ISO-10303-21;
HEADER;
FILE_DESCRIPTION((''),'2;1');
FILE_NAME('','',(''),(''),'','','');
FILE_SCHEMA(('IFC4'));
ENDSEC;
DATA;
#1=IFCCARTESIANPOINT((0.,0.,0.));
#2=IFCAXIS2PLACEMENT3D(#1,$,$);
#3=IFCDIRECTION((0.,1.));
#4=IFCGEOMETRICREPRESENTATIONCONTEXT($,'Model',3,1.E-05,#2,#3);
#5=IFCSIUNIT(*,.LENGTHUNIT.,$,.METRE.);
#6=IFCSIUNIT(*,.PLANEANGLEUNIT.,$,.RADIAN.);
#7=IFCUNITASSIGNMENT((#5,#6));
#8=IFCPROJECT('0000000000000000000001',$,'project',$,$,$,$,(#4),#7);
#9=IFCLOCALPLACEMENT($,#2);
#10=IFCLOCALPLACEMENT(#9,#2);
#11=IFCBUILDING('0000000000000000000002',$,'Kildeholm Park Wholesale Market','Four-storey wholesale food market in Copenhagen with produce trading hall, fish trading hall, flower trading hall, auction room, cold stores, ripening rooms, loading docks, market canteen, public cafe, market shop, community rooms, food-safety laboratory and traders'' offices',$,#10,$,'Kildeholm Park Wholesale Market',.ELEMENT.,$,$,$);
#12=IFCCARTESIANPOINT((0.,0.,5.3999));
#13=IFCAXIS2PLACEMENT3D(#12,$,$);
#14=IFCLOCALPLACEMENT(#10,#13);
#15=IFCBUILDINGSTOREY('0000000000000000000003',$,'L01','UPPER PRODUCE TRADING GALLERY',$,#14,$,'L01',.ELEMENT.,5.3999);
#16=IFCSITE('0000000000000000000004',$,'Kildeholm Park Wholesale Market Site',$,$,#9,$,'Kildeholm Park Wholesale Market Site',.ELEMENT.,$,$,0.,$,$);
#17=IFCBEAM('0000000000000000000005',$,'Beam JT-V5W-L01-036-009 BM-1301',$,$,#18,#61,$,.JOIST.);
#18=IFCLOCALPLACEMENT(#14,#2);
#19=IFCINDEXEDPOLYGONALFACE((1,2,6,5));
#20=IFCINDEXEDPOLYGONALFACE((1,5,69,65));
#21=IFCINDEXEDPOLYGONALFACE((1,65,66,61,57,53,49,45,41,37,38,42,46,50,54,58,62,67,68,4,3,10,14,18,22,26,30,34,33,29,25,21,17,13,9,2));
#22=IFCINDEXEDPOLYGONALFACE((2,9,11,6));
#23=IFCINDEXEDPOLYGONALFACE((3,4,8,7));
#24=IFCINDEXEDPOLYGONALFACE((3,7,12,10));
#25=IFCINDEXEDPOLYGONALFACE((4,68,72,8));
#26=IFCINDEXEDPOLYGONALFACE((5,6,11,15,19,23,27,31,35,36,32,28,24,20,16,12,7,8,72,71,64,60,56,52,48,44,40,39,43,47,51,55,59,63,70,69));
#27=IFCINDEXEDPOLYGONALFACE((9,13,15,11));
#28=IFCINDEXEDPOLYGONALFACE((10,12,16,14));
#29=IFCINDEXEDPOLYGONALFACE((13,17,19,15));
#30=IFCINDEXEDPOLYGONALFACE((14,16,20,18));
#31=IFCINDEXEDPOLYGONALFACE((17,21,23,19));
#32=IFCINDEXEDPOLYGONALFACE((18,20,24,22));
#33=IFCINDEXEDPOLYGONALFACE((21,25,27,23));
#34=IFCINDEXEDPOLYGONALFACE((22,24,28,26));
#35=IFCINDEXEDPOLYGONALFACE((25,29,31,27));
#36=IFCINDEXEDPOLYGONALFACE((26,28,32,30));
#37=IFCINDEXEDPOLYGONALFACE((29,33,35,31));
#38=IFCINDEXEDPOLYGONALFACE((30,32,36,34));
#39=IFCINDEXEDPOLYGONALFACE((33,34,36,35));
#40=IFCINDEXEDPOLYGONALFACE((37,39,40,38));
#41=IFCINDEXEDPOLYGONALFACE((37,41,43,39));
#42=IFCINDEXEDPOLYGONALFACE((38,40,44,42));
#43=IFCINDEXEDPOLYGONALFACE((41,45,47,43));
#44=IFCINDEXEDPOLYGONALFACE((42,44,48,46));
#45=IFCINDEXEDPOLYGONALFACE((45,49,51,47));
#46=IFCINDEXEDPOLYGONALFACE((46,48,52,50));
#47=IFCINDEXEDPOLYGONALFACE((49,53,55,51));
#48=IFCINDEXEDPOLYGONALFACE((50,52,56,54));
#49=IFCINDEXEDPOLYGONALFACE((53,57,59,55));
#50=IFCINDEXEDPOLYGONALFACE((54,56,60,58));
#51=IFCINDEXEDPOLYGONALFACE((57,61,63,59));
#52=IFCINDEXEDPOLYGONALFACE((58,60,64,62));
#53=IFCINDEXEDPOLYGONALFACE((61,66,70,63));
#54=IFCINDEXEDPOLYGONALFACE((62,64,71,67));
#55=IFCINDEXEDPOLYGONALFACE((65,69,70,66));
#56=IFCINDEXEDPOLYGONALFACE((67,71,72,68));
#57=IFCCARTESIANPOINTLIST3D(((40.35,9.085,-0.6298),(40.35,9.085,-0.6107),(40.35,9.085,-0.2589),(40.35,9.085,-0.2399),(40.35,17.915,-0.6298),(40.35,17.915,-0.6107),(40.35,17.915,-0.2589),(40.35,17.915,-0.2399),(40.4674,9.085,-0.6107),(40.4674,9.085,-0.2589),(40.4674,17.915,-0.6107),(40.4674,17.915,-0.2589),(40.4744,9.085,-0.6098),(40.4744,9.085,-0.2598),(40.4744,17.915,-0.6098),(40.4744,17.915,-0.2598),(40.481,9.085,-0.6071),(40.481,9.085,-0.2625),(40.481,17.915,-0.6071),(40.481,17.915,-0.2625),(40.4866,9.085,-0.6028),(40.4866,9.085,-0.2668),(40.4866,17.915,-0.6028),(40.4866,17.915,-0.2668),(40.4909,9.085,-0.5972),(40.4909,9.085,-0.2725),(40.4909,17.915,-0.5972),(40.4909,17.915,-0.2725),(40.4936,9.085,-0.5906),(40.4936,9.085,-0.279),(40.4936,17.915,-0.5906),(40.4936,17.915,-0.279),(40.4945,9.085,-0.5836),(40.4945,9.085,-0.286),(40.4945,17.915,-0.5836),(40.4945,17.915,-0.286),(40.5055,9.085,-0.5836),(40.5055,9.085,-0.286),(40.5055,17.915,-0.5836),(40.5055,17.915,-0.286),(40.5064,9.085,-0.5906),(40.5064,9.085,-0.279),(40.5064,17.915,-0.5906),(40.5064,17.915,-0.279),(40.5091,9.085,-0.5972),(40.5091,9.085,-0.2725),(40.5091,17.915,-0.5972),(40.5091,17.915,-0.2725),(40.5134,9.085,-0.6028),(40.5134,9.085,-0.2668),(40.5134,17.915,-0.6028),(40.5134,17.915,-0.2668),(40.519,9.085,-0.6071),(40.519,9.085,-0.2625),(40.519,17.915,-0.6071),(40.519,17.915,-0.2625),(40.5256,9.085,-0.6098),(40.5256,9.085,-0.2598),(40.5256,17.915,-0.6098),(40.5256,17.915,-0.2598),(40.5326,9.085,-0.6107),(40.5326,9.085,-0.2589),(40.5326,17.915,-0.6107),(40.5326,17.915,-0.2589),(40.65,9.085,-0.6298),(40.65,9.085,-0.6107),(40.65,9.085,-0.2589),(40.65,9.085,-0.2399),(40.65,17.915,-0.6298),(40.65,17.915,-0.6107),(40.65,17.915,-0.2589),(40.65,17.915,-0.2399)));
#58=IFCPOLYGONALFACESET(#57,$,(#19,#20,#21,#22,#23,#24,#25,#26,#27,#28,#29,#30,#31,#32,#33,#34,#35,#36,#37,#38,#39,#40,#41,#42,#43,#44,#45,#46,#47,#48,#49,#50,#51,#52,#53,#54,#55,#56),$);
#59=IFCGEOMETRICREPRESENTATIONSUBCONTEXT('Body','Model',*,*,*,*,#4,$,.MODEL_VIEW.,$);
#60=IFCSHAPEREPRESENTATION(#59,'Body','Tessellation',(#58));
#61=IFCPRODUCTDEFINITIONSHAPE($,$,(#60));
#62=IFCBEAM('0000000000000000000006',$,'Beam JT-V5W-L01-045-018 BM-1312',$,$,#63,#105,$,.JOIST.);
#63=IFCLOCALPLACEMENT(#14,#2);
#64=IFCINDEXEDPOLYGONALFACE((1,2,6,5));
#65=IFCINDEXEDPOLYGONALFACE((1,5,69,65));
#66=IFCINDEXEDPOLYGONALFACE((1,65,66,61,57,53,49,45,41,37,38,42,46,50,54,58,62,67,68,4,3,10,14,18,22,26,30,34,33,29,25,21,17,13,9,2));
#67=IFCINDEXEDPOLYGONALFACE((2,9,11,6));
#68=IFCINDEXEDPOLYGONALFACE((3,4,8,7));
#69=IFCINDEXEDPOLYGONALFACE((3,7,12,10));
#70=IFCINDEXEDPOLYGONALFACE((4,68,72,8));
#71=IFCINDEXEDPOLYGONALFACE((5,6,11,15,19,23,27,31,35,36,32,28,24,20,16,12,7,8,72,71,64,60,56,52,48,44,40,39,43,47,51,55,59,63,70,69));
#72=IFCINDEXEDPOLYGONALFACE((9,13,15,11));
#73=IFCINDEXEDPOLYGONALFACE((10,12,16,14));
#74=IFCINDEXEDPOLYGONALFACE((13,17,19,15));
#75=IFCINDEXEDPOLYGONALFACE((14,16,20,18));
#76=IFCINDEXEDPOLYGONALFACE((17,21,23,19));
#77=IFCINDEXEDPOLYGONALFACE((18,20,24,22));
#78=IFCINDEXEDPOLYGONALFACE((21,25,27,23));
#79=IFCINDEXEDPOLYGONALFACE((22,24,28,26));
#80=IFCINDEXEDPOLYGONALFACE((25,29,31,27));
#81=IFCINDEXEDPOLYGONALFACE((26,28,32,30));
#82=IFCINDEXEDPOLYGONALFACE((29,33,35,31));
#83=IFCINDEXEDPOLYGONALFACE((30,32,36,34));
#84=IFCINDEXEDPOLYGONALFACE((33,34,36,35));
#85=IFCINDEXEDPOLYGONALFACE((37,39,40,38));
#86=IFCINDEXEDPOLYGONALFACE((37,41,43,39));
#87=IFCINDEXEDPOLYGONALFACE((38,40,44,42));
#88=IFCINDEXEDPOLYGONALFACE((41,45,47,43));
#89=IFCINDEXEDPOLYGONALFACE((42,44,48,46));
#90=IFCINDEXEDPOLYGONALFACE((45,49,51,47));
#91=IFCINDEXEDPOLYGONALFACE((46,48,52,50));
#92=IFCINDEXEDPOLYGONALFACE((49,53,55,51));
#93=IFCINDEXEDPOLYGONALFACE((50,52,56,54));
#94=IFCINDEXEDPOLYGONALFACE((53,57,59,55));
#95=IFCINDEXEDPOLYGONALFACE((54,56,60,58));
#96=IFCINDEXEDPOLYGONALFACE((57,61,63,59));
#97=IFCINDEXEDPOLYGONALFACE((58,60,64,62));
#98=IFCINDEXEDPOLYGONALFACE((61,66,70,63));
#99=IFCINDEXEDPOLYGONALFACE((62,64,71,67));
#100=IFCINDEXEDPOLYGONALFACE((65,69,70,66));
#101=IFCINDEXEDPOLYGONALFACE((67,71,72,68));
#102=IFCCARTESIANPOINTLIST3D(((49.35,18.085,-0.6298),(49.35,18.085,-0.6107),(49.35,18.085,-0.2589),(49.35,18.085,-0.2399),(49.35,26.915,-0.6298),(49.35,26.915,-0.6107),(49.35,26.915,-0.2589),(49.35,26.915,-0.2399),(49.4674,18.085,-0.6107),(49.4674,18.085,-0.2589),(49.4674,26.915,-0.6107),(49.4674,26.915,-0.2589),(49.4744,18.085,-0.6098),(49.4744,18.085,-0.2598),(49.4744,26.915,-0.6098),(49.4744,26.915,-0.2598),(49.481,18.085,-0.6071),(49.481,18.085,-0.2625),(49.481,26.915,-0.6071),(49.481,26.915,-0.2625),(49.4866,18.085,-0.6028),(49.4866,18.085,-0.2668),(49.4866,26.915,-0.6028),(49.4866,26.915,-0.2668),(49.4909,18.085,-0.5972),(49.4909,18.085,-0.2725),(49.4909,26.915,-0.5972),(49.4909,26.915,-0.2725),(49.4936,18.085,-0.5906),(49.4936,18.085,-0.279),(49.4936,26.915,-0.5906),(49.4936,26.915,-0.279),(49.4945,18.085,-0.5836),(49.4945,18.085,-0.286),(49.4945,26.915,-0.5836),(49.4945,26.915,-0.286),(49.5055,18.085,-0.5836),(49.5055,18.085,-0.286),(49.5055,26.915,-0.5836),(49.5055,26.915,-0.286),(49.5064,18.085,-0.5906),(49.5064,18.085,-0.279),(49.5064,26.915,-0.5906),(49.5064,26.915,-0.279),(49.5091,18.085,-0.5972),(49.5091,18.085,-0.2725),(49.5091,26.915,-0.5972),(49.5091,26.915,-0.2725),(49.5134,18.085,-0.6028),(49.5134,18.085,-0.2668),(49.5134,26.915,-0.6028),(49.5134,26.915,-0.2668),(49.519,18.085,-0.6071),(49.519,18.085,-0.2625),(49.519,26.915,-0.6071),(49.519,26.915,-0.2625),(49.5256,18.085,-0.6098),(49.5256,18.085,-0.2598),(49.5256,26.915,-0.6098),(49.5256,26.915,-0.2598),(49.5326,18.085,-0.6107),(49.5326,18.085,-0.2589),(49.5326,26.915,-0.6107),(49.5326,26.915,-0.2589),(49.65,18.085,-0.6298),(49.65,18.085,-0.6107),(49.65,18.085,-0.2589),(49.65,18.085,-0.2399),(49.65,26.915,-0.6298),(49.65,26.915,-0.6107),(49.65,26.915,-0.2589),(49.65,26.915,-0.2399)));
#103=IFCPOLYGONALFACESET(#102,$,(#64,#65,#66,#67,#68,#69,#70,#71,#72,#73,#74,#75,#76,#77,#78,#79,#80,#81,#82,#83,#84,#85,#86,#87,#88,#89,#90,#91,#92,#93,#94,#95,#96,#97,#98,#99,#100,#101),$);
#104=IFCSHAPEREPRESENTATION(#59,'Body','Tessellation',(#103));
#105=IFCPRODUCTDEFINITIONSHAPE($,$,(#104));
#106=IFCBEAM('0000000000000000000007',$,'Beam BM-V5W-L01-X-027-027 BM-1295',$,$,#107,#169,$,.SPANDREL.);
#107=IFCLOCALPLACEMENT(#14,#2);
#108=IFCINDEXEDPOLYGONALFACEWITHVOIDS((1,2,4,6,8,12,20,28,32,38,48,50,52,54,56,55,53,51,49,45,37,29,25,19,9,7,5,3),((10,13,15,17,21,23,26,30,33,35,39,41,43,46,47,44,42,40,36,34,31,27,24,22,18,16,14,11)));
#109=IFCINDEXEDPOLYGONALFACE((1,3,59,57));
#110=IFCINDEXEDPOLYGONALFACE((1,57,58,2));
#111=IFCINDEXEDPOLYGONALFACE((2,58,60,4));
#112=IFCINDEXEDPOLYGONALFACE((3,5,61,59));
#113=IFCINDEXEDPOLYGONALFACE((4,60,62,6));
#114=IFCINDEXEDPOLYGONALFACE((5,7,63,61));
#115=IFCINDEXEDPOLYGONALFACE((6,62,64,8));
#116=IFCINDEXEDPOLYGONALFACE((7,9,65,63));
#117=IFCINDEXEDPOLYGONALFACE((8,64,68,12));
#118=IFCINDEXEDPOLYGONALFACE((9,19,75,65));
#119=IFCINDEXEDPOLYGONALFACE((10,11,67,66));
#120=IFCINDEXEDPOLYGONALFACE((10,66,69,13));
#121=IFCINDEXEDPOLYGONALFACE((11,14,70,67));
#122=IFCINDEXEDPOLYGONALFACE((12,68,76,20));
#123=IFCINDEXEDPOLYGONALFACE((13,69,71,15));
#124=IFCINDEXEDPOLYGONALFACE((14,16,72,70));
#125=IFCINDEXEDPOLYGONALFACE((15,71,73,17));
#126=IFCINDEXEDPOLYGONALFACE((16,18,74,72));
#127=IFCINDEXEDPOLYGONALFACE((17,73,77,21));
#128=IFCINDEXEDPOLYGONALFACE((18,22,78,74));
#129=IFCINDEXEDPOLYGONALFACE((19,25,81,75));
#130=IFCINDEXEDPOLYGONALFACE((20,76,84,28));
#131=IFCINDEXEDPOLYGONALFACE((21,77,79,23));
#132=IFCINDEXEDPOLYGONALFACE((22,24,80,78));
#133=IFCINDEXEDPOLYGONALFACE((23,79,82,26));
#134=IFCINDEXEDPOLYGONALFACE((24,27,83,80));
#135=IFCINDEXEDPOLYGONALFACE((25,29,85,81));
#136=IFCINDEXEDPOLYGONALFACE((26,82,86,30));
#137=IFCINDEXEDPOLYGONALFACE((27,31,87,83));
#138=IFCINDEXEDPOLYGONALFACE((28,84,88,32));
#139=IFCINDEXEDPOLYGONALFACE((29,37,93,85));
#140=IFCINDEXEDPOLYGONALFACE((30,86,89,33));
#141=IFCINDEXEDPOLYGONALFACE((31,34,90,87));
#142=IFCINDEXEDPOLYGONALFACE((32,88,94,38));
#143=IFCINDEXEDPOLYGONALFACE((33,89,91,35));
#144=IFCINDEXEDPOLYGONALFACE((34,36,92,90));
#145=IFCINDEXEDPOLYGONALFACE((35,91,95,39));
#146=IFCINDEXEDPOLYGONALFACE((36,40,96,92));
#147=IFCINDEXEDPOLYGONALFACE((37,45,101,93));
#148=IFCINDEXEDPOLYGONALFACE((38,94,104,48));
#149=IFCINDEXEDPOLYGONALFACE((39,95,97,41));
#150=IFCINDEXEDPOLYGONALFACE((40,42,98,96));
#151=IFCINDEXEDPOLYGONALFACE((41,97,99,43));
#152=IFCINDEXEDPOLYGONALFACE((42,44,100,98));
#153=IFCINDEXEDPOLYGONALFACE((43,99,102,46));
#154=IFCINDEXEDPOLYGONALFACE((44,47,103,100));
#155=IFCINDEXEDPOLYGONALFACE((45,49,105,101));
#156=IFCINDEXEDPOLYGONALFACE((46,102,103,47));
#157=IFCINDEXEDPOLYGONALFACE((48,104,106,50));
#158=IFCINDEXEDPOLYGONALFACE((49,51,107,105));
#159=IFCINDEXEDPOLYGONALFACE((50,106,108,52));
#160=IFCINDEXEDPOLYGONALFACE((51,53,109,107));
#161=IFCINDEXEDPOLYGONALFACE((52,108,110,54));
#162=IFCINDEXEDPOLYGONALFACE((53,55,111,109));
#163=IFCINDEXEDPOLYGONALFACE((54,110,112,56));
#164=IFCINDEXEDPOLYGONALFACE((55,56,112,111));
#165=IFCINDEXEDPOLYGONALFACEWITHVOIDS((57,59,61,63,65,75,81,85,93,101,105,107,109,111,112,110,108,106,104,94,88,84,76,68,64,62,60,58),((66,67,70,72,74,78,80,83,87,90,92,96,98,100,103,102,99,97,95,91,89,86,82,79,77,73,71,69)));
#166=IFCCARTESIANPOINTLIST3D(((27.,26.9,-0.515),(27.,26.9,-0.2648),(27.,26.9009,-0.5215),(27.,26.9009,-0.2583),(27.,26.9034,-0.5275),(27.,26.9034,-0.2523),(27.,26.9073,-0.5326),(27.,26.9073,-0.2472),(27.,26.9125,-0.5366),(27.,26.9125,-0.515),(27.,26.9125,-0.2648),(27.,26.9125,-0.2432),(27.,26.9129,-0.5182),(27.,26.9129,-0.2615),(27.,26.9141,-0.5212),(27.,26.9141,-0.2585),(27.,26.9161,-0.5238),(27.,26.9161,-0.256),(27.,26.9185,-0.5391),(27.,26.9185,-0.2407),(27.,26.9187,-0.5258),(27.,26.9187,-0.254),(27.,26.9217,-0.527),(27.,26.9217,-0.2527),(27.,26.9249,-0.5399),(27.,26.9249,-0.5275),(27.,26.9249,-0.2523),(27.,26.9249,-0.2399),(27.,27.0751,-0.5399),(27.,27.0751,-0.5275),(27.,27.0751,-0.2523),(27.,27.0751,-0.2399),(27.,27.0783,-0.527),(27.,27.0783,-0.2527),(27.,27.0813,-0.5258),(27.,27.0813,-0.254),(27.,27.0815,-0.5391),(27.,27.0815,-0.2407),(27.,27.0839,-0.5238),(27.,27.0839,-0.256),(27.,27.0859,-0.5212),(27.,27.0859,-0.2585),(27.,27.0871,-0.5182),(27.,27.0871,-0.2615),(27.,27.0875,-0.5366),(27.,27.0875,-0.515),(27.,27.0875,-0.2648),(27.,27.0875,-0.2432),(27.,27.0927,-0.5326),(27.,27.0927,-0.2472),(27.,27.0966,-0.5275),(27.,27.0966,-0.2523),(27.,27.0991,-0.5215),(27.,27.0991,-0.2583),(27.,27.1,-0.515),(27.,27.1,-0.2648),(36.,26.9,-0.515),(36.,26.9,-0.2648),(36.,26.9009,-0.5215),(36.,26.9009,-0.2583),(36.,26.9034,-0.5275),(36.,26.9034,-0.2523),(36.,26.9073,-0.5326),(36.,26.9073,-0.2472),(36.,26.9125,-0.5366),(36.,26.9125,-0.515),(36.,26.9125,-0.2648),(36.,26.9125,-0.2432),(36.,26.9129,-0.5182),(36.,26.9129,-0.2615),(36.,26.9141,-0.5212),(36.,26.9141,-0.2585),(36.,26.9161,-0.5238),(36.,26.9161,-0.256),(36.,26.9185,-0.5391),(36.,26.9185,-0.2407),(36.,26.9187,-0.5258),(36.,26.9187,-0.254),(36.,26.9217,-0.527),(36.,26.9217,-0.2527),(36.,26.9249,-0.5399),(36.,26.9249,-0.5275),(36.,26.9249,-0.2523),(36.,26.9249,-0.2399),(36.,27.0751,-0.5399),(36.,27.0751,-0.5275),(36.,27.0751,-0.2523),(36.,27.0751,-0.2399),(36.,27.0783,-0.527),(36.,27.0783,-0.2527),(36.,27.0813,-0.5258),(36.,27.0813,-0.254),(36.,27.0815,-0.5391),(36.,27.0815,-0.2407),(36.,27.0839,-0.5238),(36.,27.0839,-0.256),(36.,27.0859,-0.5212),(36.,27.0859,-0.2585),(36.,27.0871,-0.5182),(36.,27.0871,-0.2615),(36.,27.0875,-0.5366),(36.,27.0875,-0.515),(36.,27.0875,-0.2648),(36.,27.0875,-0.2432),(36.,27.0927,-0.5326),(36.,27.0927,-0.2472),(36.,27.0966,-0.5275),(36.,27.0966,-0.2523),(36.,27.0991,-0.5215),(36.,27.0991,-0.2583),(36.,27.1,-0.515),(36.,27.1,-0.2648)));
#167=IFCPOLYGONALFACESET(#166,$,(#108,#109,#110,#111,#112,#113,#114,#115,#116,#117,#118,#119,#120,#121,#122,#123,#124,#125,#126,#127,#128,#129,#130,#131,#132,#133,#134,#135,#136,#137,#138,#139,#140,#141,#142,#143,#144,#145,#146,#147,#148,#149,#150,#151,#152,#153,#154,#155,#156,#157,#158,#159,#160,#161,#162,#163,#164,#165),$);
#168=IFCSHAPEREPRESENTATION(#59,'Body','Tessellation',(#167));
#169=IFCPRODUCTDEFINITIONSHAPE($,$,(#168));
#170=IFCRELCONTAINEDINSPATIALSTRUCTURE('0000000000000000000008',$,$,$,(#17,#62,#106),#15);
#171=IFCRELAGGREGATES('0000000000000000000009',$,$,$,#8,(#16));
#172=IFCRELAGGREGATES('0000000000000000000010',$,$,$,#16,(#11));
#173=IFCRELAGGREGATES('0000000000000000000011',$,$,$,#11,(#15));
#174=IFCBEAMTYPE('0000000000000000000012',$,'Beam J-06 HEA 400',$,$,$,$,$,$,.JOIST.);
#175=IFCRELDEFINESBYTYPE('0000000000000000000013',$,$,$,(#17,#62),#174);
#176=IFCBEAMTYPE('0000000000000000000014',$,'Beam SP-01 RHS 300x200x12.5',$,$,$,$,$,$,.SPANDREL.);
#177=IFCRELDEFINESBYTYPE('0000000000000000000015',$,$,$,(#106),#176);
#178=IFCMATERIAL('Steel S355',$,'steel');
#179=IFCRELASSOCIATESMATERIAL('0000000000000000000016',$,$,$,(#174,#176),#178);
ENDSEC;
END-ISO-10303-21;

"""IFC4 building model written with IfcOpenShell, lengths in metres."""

from ifc_helpers import new_model, si_unit, direction, frame, origin, origin_2d, place, context, subcontext, project, spatial, hollow_rectangle, i_section, extrude, material, material_profile, profile_set, type_object, element, save


model = new_model("IFC4")

# Units and contexts
model_context = context("Model", 3, precision=1e-05, world=origin(), true_north=direction((0.0, 1.0)))
body_context = subcontext(model_context, "Body", "Model", "MODEL_VIEW")
ifc_project = project(units=[si_unit("LENGTHUNIT", "METRE"), si_unit("PLANEANGLEUNIT", "RADIAN")], contexts=[model_context])

# Site, building, storey
site_placement = place(None, origin())
site = spatial("IfcSite", under=ifc_project, at=site_placement, Name="Kildeholm Park Wholesale Market Site", LongName="Kildeholm Park Wholesale Market Site", CompositionType="ELEMENT", RefElevation=0.0)
building_placement = place(site_placement, origin())
building = spatial("IfcBuilding", under=site, at=building_placement, Name="Kildeholm Park Wholesale Market", Description="Four-storey wholesale food market in Copenhagen with produce trading hall, fish trading hall, flower trading hall, auction room, cold stores, ripening rooms, loading docks, market canteen, public cafe, market shop, community rooms, food-safety laboratory and traders' offices", LongName="Kildeholm Park Wholesale Market", CompositionType="ELEMENT")
storey_placement = place(building_placement, frame((0.0, 0.0, 5.3999)))
storey = spatial("IfcBuildingStorey", under=building, at=storey_placement, Name="L01", Description="UPPER PRODUCE TRADING GALLERY", LongName="L01", CompositionType="ELEMENT", Elevation=5.3999)

# Shared definitions
ifc_material_1 = material(Name="Steel S355", Category="steel")

# Beams
ifc_material_profile_1 = material_profile(ifc_material_1, i_section(OverallWidth=0.3, OverallDepth=0.3899, WebThickness=0.011, FlangeThickness=0.019, FilletRadius=0.0271, at=origin_2d()), Name="HEA 400")
ifc_profile_set_1 = profile_set([ifc_material_profile_1], Name="Steel S355")
beam_type_1 = type_object("IfcBeamType", Name="Beam J-06 HEA 400", PredefinedType="JOIST", material=ifc_profile_set_1)
for number, where, z_axis, x_axis, name in (
    (1, (40.5, 9.085, -0.4348), (0.0, 1.0, 0.0), (-1.0, 0.0, 0.0), "Beam JT-V5W-L01-036-009 BM-1301"),
    (2, (49.5, 18.085, -0.4348), (0.0, 1.0, 0.0), (-1.0, 0.0, 0.0), "Beam JT-V5W-L01-045-018 BM-1312"),
):
    element("IfcBeam", number, at=place(storey_placement, frame(where, z_axis=z_axis, x_axis=x_axis)), inside=storey, type_object=beam_type_1, Name=name, PredefinedType="JOIST", context=body_context, shape_type="SweptSolid", body=[
        extrude(i_section(OverallWidth=0.3, OverallDepth=0.3899, WebThickness=0.011, FlangeThickness=0.019, FilletRadius=0.0271, at=origin_2d()), origin(), (0.0, 0.0, 1.0), 8.8301),
    ])
ifc_material_profile_2 = material_profile(ifc_material_1, hollow_rectangle(XDim=0.2, YDim=0.3, WallThickness=0.0125, InnerFilletRadius=0.0125, OuterFilletRadius=0.0249, at=origin_2d()), Name="RHS 300x200x12.5")
ifc_profile_set_2 = profile_set([ifc_material_profile_2], Name="Steel S355")
beam_type_2 = type_object("IfcBeamType", Name="Beam SP-01 RHS 300x200x12.5", PredefinedType="SPANDREL", material=ifc_profile_set_2)
for number, where, z_axis, x_axis, name in (
    (3, (27.0, 27.0, -0.3899), (1.0, 0.0, 0.0), (0.0, 1.0, 0.0), "Beam BM-V5W-L01-X-027-027 BM-1295"),
):
    element("IfcBeam", number, at=place(storey_placement, frame(where, z_axis=z_axis, x_axis=x_axis)), inside=storey, type_object=beam_type_2, Name=name, PredefinedType="SPANDREL", context=body_context, shape_type="SweptSolid", body=[
        extrude(hollow_rectangle(XDim=0.2, YDim=0.3, WallThickness=0.0125, InnerFilletRadius=0.0125, OuterFilletRadius=0.0249, at=origin_2d()), origin(), (0.0, 0.0, 1.0), 9.0),
    ])

save(model, "model.ifc")
